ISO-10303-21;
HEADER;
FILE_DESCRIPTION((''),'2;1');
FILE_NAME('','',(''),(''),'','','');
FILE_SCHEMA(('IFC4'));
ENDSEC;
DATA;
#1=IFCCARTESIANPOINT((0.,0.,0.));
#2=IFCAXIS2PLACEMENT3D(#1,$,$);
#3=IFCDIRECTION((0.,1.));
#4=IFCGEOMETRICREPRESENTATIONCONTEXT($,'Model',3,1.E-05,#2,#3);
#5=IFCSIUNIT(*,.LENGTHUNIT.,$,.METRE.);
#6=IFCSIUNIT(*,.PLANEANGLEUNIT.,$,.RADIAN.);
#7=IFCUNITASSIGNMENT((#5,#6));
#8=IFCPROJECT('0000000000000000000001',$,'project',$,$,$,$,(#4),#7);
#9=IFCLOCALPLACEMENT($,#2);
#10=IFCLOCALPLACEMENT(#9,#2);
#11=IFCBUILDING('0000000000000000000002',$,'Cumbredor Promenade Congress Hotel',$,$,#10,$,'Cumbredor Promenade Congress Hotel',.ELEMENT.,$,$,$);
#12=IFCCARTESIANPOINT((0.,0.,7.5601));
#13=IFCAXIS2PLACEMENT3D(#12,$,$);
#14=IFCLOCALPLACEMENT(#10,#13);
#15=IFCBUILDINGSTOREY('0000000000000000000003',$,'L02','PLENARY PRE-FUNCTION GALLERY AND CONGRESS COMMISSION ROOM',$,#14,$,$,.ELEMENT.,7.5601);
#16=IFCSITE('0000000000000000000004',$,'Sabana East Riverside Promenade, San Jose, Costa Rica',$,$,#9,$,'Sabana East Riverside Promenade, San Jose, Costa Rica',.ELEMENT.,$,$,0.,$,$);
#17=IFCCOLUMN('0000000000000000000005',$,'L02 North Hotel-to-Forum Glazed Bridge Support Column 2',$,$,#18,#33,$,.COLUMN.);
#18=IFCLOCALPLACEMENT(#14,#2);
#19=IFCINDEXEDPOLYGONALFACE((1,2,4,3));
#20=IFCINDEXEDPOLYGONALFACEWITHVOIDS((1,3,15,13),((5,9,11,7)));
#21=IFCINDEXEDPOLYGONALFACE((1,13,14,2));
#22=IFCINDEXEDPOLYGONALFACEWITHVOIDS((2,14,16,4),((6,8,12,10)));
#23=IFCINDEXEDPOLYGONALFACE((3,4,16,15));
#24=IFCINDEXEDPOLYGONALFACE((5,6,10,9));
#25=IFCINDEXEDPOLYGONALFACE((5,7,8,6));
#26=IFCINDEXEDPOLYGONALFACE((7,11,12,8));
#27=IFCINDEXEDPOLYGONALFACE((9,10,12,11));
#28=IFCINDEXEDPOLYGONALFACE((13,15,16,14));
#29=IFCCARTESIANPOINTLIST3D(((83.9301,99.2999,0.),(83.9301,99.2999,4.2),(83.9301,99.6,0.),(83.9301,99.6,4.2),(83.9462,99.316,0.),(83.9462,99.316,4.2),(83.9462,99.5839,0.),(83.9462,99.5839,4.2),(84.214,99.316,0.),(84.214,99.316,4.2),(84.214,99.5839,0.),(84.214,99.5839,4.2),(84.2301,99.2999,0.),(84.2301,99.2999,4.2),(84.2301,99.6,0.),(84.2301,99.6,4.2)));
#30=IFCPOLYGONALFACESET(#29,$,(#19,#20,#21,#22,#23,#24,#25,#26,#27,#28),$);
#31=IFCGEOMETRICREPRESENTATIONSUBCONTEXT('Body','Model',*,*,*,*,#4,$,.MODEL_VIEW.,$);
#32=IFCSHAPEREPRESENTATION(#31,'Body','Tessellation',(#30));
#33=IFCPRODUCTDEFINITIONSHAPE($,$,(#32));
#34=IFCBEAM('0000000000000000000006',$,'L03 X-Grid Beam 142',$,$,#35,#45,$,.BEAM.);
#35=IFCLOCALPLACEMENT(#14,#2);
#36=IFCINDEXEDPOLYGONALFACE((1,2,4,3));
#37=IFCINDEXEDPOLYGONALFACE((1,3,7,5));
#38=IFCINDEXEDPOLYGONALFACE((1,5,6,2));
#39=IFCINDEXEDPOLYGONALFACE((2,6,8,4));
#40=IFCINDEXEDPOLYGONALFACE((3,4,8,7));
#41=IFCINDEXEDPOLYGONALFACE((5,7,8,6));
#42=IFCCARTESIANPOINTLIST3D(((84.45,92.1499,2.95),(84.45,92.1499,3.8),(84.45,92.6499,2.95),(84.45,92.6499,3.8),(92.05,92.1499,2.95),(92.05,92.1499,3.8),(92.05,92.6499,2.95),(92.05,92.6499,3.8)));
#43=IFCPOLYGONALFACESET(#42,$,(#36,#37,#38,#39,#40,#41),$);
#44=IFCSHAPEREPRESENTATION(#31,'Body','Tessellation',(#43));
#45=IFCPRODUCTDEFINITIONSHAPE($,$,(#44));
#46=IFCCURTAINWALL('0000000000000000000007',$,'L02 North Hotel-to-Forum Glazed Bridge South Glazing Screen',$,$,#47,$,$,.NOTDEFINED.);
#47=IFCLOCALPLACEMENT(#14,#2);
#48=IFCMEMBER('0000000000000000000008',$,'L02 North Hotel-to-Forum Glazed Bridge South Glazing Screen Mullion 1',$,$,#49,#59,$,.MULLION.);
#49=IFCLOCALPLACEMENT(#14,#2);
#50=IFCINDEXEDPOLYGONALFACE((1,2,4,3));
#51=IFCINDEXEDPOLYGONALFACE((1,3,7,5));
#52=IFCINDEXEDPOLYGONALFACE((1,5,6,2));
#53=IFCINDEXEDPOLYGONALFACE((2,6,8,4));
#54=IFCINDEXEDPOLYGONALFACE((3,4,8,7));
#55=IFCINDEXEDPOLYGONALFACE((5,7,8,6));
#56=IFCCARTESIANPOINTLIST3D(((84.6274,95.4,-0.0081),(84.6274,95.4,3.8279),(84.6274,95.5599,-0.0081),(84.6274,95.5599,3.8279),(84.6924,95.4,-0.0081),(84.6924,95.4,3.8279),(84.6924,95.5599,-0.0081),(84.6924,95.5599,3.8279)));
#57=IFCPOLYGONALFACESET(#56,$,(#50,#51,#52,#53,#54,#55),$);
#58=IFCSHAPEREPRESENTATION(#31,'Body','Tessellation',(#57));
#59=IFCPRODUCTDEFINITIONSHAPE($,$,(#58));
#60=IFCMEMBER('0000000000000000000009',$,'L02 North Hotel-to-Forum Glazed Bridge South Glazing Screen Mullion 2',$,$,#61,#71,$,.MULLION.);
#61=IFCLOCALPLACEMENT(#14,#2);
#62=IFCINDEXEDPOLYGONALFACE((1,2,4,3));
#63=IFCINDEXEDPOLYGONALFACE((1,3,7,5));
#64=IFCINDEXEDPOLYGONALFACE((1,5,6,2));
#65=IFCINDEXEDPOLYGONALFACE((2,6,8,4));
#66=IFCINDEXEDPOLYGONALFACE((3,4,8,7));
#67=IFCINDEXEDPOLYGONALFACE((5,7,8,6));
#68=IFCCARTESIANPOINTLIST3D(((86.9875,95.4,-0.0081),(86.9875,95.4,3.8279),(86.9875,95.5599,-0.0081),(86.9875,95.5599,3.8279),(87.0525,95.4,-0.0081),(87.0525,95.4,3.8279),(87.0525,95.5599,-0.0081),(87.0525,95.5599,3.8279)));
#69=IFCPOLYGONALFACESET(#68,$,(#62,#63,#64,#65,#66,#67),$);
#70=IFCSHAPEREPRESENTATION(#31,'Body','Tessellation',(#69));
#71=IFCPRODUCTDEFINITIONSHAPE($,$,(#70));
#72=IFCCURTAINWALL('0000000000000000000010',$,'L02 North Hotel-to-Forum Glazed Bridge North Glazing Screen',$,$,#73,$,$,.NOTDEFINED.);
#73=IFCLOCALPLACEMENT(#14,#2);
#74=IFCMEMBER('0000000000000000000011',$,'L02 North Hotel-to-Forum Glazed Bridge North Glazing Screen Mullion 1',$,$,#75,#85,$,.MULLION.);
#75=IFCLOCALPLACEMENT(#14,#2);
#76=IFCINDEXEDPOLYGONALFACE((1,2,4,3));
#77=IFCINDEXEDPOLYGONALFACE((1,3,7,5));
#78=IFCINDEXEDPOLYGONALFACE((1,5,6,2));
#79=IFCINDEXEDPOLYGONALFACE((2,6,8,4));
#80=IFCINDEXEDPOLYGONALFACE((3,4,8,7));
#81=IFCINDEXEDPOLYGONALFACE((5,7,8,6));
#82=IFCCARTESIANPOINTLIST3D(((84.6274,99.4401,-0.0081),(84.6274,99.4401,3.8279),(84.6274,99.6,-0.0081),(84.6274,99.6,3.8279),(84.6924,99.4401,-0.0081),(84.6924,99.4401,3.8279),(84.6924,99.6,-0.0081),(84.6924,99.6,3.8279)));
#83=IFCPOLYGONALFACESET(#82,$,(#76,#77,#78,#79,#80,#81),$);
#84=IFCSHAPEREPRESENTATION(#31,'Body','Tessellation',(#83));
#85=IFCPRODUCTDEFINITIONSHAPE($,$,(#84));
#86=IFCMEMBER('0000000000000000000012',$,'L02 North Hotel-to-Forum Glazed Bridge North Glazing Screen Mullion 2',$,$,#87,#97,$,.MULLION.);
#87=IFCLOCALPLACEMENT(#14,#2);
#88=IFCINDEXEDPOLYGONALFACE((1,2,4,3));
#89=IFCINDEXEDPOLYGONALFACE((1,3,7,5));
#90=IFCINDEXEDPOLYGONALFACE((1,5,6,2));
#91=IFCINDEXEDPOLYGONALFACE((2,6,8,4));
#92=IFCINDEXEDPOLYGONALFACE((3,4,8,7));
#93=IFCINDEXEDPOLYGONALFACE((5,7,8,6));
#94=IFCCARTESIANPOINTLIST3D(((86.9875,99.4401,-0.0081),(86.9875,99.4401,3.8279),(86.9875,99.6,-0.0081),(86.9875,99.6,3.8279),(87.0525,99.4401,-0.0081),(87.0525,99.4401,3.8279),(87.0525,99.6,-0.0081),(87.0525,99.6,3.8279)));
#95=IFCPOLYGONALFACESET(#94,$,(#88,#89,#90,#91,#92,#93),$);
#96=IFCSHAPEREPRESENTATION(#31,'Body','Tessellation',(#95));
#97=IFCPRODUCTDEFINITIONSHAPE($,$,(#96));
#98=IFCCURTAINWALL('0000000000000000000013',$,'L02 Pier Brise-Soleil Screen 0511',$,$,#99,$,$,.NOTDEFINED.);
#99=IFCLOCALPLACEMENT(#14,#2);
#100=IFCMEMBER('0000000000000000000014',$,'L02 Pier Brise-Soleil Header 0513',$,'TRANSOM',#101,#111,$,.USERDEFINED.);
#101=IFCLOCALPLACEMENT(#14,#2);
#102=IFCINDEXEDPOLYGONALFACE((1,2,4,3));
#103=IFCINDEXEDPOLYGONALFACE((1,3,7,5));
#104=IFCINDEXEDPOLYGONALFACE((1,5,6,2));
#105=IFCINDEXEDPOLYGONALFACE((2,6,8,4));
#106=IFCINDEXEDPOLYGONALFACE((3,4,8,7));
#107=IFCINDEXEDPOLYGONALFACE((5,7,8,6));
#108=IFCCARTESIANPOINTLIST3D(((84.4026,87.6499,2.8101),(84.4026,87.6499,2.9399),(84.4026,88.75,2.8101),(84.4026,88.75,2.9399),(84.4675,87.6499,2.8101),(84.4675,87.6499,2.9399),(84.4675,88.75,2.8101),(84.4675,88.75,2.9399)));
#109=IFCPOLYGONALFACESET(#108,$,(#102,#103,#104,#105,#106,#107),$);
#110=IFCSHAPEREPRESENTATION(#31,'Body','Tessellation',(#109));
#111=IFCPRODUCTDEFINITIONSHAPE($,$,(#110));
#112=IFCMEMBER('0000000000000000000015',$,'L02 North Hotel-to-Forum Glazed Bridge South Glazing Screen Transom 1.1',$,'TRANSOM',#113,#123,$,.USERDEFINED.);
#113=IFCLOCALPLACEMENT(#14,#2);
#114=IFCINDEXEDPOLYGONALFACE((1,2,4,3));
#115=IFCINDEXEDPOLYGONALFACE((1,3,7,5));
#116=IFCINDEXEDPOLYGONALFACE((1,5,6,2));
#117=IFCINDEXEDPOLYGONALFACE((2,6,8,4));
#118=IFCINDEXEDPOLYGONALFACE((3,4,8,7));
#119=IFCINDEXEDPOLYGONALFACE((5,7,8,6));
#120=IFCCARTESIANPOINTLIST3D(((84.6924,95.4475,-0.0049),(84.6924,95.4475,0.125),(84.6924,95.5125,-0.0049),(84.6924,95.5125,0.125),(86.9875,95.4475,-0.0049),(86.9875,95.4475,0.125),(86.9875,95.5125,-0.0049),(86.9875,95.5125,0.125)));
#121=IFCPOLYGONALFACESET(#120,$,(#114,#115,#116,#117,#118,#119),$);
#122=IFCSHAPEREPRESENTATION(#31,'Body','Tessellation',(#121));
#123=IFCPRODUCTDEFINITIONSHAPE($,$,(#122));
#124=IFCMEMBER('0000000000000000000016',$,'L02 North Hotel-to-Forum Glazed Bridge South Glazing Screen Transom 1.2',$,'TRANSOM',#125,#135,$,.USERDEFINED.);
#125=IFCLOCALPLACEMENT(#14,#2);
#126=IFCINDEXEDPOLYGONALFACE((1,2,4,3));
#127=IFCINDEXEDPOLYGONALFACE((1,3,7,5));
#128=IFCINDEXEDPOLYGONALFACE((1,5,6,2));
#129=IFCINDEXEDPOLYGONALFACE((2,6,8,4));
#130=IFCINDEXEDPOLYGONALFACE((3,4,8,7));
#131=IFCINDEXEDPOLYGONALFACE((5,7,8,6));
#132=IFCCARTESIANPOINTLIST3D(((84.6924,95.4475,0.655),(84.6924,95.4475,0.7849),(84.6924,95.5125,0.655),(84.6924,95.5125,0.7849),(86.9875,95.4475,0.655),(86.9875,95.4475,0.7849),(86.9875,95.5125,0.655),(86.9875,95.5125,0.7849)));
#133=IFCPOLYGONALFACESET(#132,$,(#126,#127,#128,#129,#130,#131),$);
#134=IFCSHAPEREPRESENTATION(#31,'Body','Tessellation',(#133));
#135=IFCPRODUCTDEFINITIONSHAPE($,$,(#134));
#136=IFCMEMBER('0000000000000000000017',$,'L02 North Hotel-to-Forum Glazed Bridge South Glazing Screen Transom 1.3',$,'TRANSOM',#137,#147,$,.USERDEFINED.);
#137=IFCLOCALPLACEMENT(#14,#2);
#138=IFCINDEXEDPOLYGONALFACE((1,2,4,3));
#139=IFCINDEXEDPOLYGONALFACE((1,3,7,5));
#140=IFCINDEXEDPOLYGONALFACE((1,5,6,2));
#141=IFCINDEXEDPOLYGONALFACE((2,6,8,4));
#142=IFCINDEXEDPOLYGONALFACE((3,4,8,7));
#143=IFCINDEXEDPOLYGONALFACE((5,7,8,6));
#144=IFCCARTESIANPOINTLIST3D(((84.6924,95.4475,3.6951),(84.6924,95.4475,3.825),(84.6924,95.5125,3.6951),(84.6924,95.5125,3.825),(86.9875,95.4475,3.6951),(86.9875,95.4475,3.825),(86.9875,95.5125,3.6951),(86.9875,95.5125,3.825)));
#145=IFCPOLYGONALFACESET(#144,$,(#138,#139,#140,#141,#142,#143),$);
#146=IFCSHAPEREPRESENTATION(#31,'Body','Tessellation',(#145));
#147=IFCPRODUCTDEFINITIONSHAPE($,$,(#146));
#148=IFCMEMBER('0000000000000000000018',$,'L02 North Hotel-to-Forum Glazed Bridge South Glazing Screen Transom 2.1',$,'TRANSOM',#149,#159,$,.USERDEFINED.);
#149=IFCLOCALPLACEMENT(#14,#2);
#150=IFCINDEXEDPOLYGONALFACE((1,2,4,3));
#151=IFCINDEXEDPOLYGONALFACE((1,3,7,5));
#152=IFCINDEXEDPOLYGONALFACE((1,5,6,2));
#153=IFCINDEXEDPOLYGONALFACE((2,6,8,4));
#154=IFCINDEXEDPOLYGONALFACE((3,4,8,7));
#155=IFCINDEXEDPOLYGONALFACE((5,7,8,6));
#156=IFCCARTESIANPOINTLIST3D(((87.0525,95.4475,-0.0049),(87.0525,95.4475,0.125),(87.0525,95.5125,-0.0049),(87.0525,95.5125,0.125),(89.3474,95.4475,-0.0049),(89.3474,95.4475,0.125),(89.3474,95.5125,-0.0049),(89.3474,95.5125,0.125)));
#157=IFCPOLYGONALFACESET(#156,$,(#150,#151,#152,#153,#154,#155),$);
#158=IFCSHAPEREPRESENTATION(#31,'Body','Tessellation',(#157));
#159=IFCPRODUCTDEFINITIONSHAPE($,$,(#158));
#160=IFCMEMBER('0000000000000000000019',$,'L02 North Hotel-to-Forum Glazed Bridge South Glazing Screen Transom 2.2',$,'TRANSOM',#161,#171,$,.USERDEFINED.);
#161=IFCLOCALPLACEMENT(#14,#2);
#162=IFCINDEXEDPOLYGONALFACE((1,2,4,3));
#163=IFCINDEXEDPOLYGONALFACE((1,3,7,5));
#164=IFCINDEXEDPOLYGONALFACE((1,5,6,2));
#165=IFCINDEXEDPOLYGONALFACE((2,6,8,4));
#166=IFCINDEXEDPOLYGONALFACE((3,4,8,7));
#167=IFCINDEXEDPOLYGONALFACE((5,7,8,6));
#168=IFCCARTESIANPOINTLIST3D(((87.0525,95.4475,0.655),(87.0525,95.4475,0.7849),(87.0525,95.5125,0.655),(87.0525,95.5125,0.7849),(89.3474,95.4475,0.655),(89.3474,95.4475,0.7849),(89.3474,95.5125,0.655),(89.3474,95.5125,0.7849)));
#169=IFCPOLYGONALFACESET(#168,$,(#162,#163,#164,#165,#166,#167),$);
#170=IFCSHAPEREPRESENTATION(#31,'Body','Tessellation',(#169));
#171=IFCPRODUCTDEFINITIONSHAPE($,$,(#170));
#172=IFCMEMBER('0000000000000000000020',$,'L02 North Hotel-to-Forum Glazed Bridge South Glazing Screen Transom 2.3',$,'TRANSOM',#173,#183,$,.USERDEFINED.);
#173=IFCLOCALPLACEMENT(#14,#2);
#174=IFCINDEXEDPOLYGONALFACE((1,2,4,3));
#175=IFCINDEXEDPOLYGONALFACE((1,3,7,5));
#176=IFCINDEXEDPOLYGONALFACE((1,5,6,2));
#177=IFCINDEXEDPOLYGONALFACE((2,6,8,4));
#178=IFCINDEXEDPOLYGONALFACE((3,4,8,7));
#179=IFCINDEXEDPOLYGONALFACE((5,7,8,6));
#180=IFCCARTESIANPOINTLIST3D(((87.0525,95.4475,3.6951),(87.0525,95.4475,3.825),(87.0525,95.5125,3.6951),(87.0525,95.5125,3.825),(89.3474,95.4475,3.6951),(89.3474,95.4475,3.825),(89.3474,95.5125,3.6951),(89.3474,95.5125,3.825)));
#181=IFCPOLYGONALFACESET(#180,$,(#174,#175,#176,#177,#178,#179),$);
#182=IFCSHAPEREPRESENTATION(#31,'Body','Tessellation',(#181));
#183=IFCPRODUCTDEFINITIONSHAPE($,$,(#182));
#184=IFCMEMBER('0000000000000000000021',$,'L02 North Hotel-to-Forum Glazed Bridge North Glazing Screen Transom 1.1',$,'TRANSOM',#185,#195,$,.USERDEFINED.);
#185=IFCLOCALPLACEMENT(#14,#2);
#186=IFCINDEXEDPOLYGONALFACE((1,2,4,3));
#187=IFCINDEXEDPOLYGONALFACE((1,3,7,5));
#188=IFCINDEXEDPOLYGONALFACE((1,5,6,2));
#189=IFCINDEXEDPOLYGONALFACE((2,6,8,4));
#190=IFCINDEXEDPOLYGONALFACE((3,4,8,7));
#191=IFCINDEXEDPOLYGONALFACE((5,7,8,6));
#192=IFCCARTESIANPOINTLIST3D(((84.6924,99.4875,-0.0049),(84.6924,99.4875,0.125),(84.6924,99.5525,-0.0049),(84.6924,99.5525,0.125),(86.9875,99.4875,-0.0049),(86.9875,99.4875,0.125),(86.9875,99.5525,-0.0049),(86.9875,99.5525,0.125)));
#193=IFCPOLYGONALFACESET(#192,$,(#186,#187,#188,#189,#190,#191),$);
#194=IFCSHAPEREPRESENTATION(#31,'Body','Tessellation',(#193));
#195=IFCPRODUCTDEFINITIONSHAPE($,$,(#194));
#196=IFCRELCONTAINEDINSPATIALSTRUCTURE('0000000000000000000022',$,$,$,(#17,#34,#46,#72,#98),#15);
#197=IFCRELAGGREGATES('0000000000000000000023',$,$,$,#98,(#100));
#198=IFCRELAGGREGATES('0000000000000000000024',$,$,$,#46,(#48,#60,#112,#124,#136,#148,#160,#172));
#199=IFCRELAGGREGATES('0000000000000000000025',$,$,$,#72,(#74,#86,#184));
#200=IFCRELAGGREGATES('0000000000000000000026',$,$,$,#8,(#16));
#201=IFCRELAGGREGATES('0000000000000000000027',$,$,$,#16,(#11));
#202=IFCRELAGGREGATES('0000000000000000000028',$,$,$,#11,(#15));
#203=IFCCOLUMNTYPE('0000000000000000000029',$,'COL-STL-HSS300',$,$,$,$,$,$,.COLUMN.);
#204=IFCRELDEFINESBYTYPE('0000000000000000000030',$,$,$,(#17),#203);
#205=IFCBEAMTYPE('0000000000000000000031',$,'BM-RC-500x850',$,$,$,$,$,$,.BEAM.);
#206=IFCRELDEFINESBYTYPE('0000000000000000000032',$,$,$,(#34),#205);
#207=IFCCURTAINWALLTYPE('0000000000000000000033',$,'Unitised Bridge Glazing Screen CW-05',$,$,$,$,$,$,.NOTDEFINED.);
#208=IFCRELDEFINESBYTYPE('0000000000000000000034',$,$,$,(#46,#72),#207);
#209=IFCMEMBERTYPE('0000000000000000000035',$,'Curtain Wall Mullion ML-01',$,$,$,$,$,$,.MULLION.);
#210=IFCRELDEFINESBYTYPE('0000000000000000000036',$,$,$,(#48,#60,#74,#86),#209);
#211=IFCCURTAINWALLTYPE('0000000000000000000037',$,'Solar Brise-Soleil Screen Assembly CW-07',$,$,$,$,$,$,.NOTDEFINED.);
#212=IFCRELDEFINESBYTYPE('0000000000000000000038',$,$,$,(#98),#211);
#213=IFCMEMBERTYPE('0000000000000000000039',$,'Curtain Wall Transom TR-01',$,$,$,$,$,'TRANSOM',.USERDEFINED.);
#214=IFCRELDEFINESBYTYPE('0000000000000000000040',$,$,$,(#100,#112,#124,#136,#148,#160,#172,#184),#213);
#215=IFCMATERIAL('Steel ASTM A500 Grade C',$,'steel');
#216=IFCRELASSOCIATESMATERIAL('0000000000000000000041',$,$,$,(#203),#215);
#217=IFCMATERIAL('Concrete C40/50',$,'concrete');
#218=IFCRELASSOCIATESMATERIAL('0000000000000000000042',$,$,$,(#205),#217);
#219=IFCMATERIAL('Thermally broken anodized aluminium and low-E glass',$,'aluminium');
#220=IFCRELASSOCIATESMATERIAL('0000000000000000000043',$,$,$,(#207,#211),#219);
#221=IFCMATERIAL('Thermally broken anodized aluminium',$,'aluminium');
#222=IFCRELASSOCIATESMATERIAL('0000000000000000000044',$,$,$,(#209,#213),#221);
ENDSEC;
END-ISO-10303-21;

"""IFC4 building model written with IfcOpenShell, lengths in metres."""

from ifc_helpers import new_model, si_unit, direction, frame, origin, origin_2d, place, context, subcontext, project, spatial, rectangle, hollow_rectangle, extrude, material, material_profile, profile_set, type_object, element, aggregate, save


model = new_model("IFC4")

# Units and contexts
model_context = context("Model", 3, precision=1e-05, world=origin(), true_north=direction((0.0, 1.0)))
body_context = subcontext(model_context, "Body", "Model", "MODEL_VIEW")
ifc_project = project(units=[si_unit("LENGTHUNIT", "METRE"), si_unit("PLANEANGLEUNIT", "RADIAN")], contexts=[model_context])

# Site, building, storey
site_placement = place(None, origin())
site = spatial("IfcSite", under=ifc_project, at=site_placement, Name="Sabana East Riverside Promenade, San Jose, Costa Rica", LongName="Sabana East Riverside Promenade, San Jose, Costa Rica", CompositionType="ELEMENT", RefElevation=0.0)
building_placement = place(site_placement, origin())
building = spatial("IfcBuilding", under=site, at=building_placement, Name="Cumbredor Promenade Congress Hotel", LongName="Cumbredor Promenade Congress Hotel", CompositionType="ELEMENT")
storey_placement = place(building_placement, frame((0.0, 0.0, 7.5601)))
storey = spatial("IfcBuildingStorey", under=building, at=storey_placement, Name="L02", Description="PLENARY PRE-FUNCTION GALLERY AND CONGRESS COMMISSION ROOM", CompositionType="ELEMENT", Elevation=7.5601)

# Column
ifc_material_1 = material(Name="Steel ASTM A500 Grade C", Category="steel")
ifc_material_profile_1 = material_profile(ifc_material_1, hollow_rectangle(XDim=0.3, YDim=0.3, WallThickness=0.0161, at=origin_2d()), Name="HSS 300x300x16")
ifc_profile_set_1 = profile_set([ifc_material_profile_1], Name="Steel ASTM A500 Grade C")
column_type = type_object("IfcColumnType", Name="COL-STL-HSS300", PredefinedType="COLUMN", material=ifc_profile_set_1)
column_placement = place(storey_placement, frame((84.0801, 99.45, 0.0), z_axis=(0.0, 0.0, 1.0), x_axis=(1.0, 0.0, 0.0)))
element("IfcColumn", 1, at=column_placement, inside=storey, type_object=column_type, Name="L02 North Hotel-to-Forum Glazed Bridge Support Column 2", PredefinedType="COLUMN", context=body_context, shape_type="SweptSolid", body=[
    extrude(hollow_rectangle(XDim=0.3, YDim=0.3, WallThickness=0.0161, at=origin_2d()), origin(), (0.0, 0.0, 1.0), 4.2),
])

# Beam
ifc_material_2 = material(Name="Concrete C40/50", Category="concrete")
ifc_material_profile_2 = material_profile(ifc_material_2, rectangle(XDim=0.5, YDim=0.8501, at=origin_2d()), Name="RC BEAM 500x850")
ifc_profile_set_2 = profile_set([ifc_material_profile_2], Name="Concrete C40/50")
beam_type_1 = type_object("IfcBeamType", Name="BM-RC-500x850", PredefinedType="BEAM", material=ifc_profile_set_2)
beam_1_placement = place(storey_placement, frame((84.45, 92.3999, 3.375), z_axis=(1.0, 0.0, 0.0), x_axis=(0.0, 1.0, 0.0)))
element("IfcBeam", 2, at=beam_1_placement, inside=storey, type_object=beam_type_1, Name="L03 X-Grid Beam 142", PredefinedType="BEAM", context=body_context, shape_type="SweptSolid", body=[
    extrude(rectangle(XDim=0.5, YDim=0.8501, at=origin_2d()), origin(), (0.0, 0.0, 1.0), 7.6001),
])

# Curtain walls, members
ifc_material_3 = material(Name="Thermally broken anodized aluminium and low-E glass", Category="aluminium")
curtain_wall_type_1 = type_object("IfcCurtainWallType", Name="Unitised Bridge Glazing Screen CW-05", PredefinedType="NOTDEFINED", material=ifc_material_3)
curtain_wall_1_placement = place(storey_placement, origin())
curtain_wall_1 = element("IfcCurtainWall", 3, at=curtain_wall_1_placement, inside=storey, type_object=curtain_wall_type_1, Name="L02 North Hotel-to-Forum Glazed Bridge South Glazing Screen", PredefinedType="NOTDEFINED")
ifc_material_4 = material(Name="Thermally broken anodized aluminium", Category="aluminium")
ifc_material_profile_3 = material_profile(ifc_material_4, rectangle(XDim=0.0649, YDim=0.1599, at=origin_2d()), Name="ALU MULLION 65x160")
ifc_profile_set_3 = profile_set([ifc_material_profile_3], Name="Thermally broken anodized aluminium")
member_type_1 = type_object("IfcMemberType", Name="Curtain Wall Mullion ML-01", PredefinedType="MULLION", material=ifc_profile_set_3)
member_1_placement = place(storey_placement, frame((84.6599, 95.48, -0.0081), z_axis=(0.0, 0.0, 1.0), x_axis=(1.0, 0.0, 0.0)))
member_1 = element("IfcMember", 4, at=member_1_placement, type_object=member_type_1, Name="L02 North Hotel-to-Forum Glazed Bridge South Glazing Screen Mullion 1", PredefinedType="MULLION", context=body_context, shape_type="SweptSolid", body=[
    extrude(rectangle(XDim=0.0649, YDim=0.1599, at=origin_2d()), origin(), (0.0, 0.0, 1.0), 3.8359),
])
member_2_placement = place(storey_placement, frame((87.02, 95.48, -0.0081), z_axis=(0.0, 0.0, 1.0), x_axis=(1.0, 0.0, 0.0)))
member_2 = element("IfcMember", 5, at=member_2_placement, type_object=member_type_1, Name="L02 North Hotel-to-Forum Glazed Bridge South Glazing Screen Mullion 2", PredefinedType="MULLION", context=body_context, shape_type="SweptSolid", body=[
    extrude(rectangle(XDim=0.0649, YDim=0.1599, at=origin_2d()), origin(), (0.0, 0.0, 1.0), 3.8359),
])
curtain_wall_2_placement = place(storey_placement, origin())
curtain_wall_2 = element("IfcCurtainWall", 6, at=curtain_wall_2_placement, inside=storey, type_object=curtain_wall_type_1, Name="L02 North Hotel-to-Forum Glazed Bridge North Glazing Screen", PredefinedType="NOTDEFINED")
member_3_placement = place(storey_placement, frame((84.6599, 99.52, -0.0081), z_axis=(0.0, 0.0, 1.0), x_axis=(1.0, 0.0, 0.0)))
member_3 = element("IfcMember", 7, at=member_3_placement, type_object=member_type_1, Name="L02 North Hotel-to-Forum Glazed Bridge North Glazing Screen Mullion 1", PredefinedType="MULLION", context=body_context, shape_type="SweptSolid", body=[
    extrude(rectangle(XDim=0.0649, YDim=0.1599, at=origin_2d()), origin(), (0.0, 0.0, 1.0), 3.8359),
])
member_4_placement = place(storey_placement, frame((87.02, 99.52, -0.0081), z_axis=(0.0, 0.0, 1.0), x_axis=(1.0, 0.0, 0.0)))
member_4 = element("IfcMember", 8, at=member_4_placement, type_object=member_type_1, Name="L02 North Hotel-to-Forum Glazed Bridge North Glazing Screen Mullion 2", PredefinedType="MULLION", context=body_context, shape_type="SweptSolid", body=[
    extrude(rectangle(XDim=0.0649, YDim=0.1599, at=origin_2d()), origin(), (0.0, 0.0, 1.0), 3.8359),
])

# Curtain wall, member
curtain_wall_type_2 = type_object("IfcCurtainWallType", Name="Solar Brise-Soleil Screen Assembly CW-07", PredefinedType="NOTDEFINED", material=ifc_material_3)
curtain_wall_3_placement = place(storey_placement, origin())
curtain_wall_3 = element("IfcCurtainWall", 9, at=curtain_wall_3_placement, inside=storey, type_object=curtain_wall_type_2, Name="L02 Pier Brise-Soleil Screen 0511", PredefinedType="NOTDEFINED")
ifc_material_profile_4 = material_profile(ifc_material_4, rectangle(XDim=0.0649, YDim=0.1299, at=origin_2d()), Name="ALU TRANSOM 65x130")
ifc_profile_set_4 = profile_set([ifc_material_profile_4], Name="Thermally broken anodized aluminium")
member_type_2 = type_object("IfcMemberType", Name="Curtain Wall Transom TR-01", ElementType="TRANSOM", PredefinedType="USERDEFINED", material=ifc_profile_set_4)
member_5_placement = place(storey_placement, frame((84.4351, 87.6499, 2.875), z_axis=(0.0, 1.0, 0.0), x_axis=(-1.0, 0.0, 0.0)))
member_5 = element("IfcMember", 10, at=member_5_placement, type_object=member_type_2, Name="L02 Pier Brise-Soleil Header 0513", ObjectType="TRANSOM", PredefinedType="USERDEFINED", context=body_context, shape_type="SweptSolid", body=[
    extrude(rectangle(XDim=0.0649, YDim=0.1299, at=origin_2d()), origin(), (0.0, 0.0, 1.0), 1.1001),
])

# Members
member_6_placement = place(storey_placement, frame((84.6924, 95.48, 0.0601), z_axis=(1.0, 0.0, 0.0), x_axis=(0.0, 1.0, 0.0)))
member_6 = element("IfcMember", 11, at=member_6_placement, type_object=member_type_2, Name="L02 North Hotel-to-Forum Glazed Bridge South Glazing Screen Transom 1.1", ObjectType="TRANSOM", PredefinedType="USERDEFINED", context=body_context, shape_type="SweptSolid", body=[
    extrude(rectangle(XDim=0.0649, YDim=0.1299, at=origin_2d()), origin(), (0.0, 0.0, 1.0), 2.2952),
])
member_7_placement = place(storey_placement, frame((84.6924, 95.48, 0.72), z_axis=(1.0, 0.0, 0.0), x_axis=(0.0, 1.0, 0.0)))
member_7 = element("IfcMember", 12, at=member_7_placement, type_object=member_type_2, Name="L02 North Hotel-to-Forum Glazed Bridge South Glazing Screen Transom 1.2", ObjectType="TRANSOM", PredefinedType="USERDEFINED", context=body_context, shape_type="SweptSolid", body=[
    extrude(rectangle(XDim=0.0649, YDim=0.1299, at=origin_2d()), origin(), (0.0, 0.0, 1.0), 2.2952),
])
member_8_placement = place(storey_placement, frame((84.6924, 95.48, 3.76), z_axis=(1.0, 0.0, 0.0), x_axis=(0.0, 1.0, 0.0)))
member_8 = element("IfcMember", 13, at=member_8_placement, type_object=member_type_2, Name="L02 North Hotel-to-Forum Glazed Bridge South Glazing Screen Transom 1.3", ObjectType="TRANSOM", PredefinedType="USERDEFINED", context=body_context, shape_type="SweptSolid", body=[
    extrude(rectangle(XDim=0.0649, YDim=0.1299, at=origin_2d()), origin(), (0.0, 0.0, 1.0), 2.2952),
])
member_9_placement = place(storey_placement, frame((87.0525, 95.48, 0.0601), z_axis=(1.0, 0.0, 0.0), x_axis=(0.0, 1.0, 0.0)))
member_9 = element("IfcMember", 14, at=member_9_placement, type_object=member_type_2, Name="L02 North Hotel-to-Forum Glazed Bridge South Glazing Screen Transom 2.1", ObjectType="TRANSOM", PredefinedType="USERDEFINED", context=body_context, shape_type="SweptSolid", body=[
    extrude(rectangle(XDim=0.0649, YDim=0.1299, at=origin_2d()), origin(), (0.0, 0.0, 1.0), 2.2949),
])
member_10_placement = place(storey_placement, frame((87.0525, 95.48, 0.72), z_axis=(1.0, 0.0, 0.0), x_axis=(0.0, 1.0, 0.0)))
member_10 = element("IfcMember", 15, at=member_10_placement, type_object=member_type_2, Name="L02 North Hotel-to-Forum Glazed Bridge South Glazing Screen Transom 2.2", ObjectType="TRANSOM", PredefinedType="USERDEFINED", context=body_context, shape_type="SweptSolid", body=[
    extrude(rectangle(XDim=0.0649, YDim=0.1299, at=origin_2d()), origin(), (0.0, 0.0, 1.0), 2.2949),
])
member_11_placement = place(storey_placement, frame((87.0525, 95.48, 3.76), z_axis=(1.0, 0.0, 0.0), x_axis=(0.0, 1.0, 0.0)))
member_11 = element("IfcMember", 16, at=member_11_placement, type_object=member_type_2, Name="L02 North Hotel-to-Forum Glazed Bridge South Glazing Screen Transom 2.3", ObjectType="TRANSOM", PredefinedType="USERDEFINED", context=body_context, shape_type="SweptSolid", body=[
    extrude(rectangle(XDim=0.0649, YDim=0.1299, at=origin_2d()), origin(), (0.0, 0.0, 1.0), 2.2949),
])
member_12_placement = place(storey_placement, frame((84.6924, 99.52, 0.0601), z_axis=(1.0, 0.0, 0.0), x_axis=(0.0, 1.0, 0.0)))
member_12 = element("IfcMember", 17, at=member_12_placement, type_object=member_type_2, Name="L02 North Hotel-to-Forum Glazed Bridge North Glazing Screen Transom 1.1", ObjectType="TRANSOM", PredefinedType="USERDEFINED", context=body_context, shape_type="SweptSolid", body=[
    extrude(rectangle(XDim=0.0649, YDim=0.1299, at=origin_2d()), origin(), (0.0, 0.0, 1.0), 2.2952),
])

aggregate(curtain_wall_3, [member_5])

aggregate(curtain_wall_1, [member_1, member_2, member_6, member_7, member_8, member_9, member_10, member_11])
aggregate(curtain_wall_2, [member_3, member_4, member_12])

save(model, "model.ifc")
